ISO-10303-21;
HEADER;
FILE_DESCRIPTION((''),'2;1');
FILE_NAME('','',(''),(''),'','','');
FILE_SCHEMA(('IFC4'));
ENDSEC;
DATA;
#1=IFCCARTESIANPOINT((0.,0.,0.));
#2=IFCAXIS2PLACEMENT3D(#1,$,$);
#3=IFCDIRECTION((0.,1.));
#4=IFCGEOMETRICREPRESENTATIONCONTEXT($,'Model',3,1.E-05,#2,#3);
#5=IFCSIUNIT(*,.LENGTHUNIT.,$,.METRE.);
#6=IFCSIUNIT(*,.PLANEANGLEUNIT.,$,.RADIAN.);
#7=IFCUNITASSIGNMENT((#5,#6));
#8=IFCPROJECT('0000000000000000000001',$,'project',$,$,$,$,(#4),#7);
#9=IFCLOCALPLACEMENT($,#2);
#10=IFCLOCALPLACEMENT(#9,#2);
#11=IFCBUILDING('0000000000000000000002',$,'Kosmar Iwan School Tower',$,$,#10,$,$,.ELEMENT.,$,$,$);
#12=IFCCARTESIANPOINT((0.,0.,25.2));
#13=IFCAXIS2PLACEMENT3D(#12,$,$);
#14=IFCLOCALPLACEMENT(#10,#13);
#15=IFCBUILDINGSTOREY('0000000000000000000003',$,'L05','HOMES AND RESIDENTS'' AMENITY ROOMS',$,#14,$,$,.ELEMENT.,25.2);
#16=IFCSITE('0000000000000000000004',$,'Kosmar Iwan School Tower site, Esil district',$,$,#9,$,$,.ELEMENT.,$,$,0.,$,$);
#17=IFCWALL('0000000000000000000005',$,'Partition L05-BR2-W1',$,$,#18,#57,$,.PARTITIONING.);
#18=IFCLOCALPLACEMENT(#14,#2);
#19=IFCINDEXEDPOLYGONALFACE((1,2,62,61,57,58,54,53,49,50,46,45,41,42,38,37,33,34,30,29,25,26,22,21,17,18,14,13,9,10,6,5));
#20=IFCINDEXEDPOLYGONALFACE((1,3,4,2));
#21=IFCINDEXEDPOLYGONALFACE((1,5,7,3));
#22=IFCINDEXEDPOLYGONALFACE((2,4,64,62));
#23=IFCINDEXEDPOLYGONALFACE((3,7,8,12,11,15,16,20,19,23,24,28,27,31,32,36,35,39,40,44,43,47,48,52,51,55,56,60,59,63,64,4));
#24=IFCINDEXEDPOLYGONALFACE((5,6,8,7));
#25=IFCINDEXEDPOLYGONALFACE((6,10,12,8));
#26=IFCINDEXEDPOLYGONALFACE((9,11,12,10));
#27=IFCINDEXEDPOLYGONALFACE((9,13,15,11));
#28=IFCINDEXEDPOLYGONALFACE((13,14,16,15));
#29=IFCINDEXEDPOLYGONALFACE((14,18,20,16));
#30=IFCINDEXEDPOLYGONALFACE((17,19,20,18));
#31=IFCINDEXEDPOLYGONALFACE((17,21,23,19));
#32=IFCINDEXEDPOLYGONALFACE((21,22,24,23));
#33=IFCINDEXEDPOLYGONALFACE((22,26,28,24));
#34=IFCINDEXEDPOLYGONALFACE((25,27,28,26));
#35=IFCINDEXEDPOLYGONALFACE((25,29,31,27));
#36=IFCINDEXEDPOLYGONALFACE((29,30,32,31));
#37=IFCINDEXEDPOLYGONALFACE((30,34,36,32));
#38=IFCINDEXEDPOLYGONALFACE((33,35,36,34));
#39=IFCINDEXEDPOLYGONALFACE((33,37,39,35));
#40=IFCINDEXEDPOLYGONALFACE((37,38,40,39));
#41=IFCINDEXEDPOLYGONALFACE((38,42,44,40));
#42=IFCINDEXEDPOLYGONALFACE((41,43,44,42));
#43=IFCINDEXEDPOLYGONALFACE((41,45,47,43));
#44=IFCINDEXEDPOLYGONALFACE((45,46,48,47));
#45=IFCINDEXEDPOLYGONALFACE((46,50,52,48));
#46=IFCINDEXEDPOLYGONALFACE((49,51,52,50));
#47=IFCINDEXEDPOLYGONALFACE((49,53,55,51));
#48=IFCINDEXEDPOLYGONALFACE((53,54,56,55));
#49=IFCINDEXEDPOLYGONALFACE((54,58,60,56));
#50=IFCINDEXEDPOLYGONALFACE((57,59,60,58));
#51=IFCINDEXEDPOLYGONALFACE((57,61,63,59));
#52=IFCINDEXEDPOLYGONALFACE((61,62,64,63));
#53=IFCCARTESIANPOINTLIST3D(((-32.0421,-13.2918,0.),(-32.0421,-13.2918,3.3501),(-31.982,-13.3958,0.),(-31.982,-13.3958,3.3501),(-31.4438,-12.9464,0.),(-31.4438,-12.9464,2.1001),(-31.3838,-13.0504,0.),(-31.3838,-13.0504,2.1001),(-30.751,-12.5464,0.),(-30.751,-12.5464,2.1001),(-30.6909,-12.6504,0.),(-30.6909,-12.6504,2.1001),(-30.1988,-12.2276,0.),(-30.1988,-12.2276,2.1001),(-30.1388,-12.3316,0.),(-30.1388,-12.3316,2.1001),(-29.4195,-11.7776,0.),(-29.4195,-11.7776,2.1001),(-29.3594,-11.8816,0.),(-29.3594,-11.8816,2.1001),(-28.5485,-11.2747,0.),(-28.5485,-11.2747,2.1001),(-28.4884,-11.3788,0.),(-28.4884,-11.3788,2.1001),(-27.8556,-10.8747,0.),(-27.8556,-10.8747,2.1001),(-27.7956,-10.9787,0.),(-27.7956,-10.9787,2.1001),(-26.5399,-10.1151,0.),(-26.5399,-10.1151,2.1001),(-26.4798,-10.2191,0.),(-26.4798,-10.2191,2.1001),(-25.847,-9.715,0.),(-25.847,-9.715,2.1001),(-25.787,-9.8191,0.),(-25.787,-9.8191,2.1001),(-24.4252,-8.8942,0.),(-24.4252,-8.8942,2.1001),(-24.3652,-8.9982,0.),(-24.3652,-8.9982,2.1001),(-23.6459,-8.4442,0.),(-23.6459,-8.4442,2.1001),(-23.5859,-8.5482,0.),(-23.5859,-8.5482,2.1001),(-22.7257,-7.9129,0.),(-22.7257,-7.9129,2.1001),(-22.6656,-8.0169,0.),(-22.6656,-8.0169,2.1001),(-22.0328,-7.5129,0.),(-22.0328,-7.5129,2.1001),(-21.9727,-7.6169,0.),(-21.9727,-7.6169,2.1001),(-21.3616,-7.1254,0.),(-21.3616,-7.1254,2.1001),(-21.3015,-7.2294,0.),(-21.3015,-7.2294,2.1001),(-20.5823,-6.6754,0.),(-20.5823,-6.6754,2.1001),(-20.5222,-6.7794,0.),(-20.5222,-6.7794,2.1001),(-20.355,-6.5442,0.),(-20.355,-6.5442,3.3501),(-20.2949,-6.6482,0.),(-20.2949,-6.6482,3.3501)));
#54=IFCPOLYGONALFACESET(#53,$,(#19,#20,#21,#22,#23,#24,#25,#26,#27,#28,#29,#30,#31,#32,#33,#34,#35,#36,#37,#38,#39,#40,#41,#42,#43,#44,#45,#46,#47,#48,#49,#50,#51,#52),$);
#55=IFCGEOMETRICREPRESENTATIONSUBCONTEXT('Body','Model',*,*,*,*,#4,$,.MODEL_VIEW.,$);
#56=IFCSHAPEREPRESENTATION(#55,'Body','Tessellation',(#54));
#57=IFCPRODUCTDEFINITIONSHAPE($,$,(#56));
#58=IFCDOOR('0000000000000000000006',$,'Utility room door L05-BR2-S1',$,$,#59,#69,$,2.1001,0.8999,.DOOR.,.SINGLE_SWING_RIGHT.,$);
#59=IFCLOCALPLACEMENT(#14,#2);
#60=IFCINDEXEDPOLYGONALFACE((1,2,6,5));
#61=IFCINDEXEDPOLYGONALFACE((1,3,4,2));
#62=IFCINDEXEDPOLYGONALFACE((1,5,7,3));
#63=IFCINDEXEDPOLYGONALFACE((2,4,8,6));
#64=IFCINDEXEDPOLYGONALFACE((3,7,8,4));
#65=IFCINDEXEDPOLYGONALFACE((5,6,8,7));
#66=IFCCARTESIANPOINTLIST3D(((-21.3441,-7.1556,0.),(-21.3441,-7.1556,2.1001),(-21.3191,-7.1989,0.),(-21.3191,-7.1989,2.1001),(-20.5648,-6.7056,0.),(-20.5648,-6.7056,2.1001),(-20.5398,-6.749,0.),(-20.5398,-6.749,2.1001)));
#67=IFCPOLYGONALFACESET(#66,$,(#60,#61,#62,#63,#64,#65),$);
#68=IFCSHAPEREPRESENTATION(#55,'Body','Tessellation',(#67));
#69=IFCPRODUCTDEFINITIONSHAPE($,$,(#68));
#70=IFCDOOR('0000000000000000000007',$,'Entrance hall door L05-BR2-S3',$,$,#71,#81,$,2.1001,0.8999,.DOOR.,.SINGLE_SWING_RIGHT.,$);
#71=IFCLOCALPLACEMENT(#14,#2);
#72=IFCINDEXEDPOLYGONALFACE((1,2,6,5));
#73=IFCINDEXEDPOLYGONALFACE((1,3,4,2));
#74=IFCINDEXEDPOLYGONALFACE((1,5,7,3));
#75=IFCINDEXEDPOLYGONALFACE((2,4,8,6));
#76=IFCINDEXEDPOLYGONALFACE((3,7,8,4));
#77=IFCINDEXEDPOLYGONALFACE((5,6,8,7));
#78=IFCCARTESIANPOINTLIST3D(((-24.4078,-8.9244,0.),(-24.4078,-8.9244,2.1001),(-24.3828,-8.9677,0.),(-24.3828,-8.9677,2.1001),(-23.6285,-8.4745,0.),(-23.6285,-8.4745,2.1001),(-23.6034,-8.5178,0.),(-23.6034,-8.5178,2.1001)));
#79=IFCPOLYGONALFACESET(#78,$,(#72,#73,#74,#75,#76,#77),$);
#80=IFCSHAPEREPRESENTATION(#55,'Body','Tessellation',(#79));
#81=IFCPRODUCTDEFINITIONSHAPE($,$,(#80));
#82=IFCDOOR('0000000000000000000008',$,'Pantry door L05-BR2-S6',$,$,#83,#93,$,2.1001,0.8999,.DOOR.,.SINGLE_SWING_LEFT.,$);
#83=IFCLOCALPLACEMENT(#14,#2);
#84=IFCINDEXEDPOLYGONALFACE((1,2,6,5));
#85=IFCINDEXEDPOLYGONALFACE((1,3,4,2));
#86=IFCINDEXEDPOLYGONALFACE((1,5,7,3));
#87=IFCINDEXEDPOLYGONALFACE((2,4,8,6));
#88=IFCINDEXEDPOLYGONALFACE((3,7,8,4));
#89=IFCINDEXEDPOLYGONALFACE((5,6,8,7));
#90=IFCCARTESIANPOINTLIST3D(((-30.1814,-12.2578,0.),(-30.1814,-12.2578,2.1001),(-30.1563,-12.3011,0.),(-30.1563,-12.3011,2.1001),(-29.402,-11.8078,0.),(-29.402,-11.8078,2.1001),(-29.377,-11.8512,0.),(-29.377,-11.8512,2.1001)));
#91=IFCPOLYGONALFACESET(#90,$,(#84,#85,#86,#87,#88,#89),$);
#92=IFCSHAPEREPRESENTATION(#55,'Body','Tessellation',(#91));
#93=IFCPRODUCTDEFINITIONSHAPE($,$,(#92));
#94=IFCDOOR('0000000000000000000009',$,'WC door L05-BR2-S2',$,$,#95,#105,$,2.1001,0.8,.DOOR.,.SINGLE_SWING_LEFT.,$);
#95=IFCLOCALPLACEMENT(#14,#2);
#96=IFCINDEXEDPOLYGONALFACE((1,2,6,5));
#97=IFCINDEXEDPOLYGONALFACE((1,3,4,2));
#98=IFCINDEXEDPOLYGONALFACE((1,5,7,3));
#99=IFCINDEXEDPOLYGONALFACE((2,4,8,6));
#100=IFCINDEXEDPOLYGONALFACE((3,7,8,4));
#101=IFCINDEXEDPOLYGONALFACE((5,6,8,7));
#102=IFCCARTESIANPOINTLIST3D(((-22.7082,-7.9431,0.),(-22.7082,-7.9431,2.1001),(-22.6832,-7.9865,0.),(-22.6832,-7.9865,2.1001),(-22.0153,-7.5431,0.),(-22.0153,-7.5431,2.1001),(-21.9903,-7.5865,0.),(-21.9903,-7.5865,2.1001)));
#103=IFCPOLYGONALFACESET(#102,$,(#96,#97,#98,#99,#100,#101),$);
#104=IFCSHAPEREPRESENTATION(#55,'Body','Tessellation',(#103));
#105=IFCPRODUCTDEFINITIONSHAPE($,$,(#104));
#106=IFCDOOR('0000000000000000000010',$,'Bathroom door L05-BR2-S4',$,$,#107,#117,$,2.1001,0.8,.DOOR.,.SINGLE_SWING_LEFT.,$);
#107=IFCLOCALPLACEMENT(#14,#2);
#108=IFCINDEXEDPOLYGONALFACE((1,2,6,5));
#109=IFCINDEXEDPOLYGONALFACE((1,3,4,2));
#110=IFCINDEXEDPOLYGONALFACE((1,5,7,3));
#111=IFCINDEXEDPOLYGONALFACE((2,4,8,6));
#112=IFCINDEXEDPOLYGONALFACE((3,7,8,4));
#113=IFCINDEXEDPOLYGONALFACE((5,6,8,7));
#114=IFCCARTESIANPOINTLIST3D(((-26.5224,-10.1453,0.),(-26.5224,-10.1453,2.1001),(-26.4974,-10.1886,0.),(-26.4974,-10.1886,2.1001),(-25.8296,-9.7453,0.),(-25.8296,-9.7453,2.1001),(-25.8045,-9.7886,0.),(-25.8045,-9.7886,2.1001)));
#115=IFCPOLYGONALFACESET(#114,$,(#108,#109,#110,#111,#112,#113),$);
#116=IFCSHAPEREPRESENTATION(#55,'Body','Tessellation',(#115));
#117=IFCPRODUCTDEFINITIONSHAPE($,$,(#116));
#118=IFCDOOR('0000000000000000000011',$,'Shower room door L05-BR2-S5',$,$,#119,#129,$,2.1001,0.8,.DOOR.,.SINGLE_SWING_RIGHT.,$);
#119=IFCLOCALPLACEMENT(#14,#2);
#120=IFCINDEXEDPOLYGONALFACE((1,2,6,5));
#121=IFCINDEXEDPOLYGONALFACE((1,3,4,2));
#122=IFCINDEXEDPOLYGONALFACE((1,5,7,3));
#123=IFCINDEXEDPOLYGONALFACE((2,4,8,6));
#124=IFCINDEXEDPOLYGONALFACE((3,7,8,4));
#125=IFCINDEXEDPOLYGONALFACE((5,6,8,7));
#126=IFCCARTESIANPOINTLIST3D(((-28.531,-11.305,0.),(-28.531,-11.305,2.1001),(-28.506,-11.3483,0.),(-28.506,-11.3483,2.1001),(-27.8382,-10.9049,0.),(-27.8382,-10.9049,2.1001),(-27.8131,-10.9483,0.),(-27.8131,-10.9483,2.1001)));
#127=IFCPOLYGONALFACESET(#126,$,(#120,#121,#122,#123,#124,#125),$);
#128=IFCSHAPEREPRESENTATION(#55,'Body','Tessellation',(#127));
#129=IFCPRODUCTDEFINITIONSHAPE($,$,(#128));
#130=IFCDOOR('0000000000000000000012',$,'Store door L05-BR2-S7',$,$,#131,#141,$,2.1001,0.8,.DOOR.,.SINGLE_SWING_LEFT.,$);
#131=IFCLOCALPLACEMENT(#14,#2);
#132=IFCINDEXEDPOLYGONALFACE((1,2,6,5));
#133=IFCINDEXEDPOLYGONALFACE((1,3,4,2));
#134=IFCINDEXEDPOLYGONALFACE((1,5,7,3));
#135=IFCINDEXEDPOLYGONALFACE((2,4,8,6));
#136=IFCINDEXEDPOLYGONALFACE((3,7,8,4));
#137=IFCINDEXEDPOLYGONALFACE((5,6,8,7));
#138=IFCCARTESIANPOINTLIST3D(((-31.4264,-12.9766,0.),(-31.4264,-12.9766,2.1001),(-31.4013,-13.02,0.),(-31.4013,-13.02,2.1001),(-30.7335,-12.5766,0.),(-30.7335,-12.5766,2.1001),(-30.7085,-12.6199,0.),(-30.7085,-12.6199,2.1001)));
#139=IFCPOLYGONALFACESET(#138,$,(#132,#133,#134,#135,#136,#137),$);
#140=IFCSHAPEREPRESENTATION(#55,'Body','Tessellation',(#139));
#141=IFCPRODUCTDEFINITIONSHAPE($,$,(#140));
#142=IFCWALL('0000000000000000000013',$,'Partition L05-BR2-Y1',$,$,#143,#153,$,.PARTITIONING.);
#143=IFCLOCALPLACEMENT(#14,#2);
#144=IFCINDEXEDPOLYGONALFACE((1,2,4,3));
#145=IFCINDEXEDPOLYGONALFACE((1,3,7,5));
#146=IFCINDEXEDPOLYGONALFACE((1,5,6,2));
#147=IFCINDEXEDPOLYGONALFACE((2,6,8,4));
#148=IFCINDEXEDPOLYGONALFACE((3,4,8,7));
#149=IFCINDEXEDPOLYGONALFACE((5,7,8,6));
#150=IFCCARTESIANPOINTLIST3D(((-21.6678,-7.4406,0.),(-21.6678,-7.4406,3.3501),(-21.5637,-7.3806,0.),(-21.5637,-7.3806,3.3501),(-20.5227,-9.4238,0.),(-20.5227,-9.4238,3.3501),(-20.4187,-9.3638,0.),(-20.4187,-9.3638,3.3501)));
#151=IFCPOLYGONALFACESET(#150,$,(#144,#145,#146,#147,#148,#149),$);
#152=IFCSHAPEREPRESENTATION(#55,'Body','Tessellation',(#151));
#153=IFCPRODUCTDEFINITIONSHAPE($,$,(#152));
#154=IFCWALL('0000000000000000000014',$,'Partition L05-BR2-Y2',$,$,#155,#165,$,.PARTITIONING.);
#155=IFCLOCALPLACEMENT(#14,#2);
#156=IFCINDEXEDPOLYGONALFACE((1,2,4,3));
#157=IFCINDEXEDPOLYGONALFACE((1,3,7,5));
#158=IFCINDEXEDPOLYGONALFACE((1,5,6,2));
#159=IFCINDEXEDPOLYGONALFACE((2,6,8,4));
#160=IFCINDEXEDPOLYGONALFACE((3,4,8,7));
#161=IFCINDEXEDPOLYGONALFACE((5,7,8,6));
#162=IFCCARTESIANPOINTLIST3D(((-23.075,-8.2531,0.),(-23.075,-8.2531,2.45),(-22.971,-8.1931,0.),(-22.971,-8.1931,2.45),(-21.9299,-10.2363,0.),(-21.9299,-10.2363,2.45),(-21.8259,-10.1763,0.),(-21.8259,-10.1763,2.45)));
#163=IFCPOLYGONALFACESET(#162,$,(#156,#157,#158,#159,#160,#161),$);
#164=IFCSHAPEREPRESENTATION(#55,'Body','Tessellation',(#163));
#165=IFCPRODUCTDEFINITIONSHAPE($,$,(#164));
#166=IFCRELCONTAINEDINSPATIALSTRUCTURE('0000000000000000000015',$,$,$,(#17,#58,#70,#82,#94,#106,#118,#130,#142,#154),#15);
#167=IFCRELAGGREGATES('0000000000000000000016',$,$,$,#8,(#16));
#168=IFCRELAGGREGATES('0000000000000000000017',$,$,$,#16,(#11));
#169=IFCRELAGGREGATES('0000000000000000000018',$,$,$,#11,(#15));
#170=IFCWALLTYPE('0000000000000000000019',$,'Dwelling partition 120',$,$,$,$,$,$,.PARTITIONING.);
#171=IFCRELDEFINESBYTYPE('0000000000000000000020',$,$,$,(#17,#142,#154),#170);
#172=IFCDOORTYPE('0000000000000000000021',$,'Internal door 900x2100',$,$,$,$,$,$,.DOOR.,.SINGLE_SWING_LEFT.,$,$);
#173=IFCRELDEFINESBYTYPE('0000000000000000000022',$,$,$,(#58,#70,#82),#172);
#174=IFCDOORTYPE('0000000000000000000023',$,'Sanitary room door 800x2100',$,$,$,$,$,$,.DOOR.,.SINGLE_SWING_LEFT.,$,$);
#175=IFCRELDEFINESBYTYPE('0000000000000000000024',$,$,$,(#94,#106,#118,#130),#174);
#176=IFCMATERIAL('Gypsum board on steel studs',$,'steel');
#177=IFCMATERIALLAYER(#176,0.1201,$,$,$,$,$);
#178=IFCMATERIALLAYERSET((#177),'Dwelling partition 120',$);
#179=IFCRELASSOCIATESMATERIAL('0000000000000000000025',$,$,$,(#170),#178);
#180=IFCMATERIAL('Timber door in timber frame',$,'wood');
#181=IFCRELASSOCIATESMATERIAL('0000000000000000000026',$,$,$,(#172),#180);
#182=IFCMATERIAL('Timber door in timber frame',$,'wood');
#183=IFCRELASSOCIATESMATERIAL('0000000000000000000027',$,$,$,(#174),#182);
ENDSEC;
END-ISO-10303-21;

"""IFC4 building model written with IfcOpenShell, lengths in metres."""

from ifc_helpers import new_model, si_unit, direction, frame, frame_2d, origin, place, context, subcontext, project, spatial, rectangle, extrude, material, layer, layer_set, type_object, element, fill, save


model = new_model("IFC4")

# Units and contexts
model_context = context("Model", 3, precision=1e-05, world=origin(), true_north=direction((0.0, 1.0)))
body_context = subcontext(model_context, "Body", "Model", "MODEL_VIEW")
ifc_project = project(units=[si_unit("LENGTHUNIT", "METRE"), si_unit("PLANEANGLEUNIT", "RADIAN")], contexts=[model_context])

# Site, building, storey
site_placement = place(None, origin())
site = spatial("IfcSite", under=ifc_project, at=site_placement, Name="Kosmar Iwan School Tower site, Esil district", CompositionType="ELEMENT", RefElevation=0.0)
building_placement = place(site_placement, origin())
building = spatial("IfcBuilding", under=site, at=building_placement, Name="Kosmar Iwan School Tower", CompositionType="ELEMENT")
storey_placement = place(building_placement, frame((0.0, 0.0, 25.2)))
storey = spatial("IfcBuildingStorey", under=building, at=storey_placement, Name="L05", Description="HOMES AND RESIDENTS' AMENITY ROOMS", CompositionType="ELEMENT", Elevation=25.2)

# Shared definitions
ifc_material_1 = material(Name="Gypsum board on steel studs", Category="steel")
ifc_layer_1 = layer(ifc_material_1, 0.1201)
ifc_layer_set_1 = layer_set([ifc_layer_1], Name="Dwelling partition 120")
wall_type_1 = type_object("IfcWallType", Name="Dwelling partition 120", PredefinedType="PARTITIONING", material=ifc_layer_set_1)

# Wall, openings, doors
wall_1_placement = place(storey_placement, frame((-20.325, -6.5962, 0.0), z_axis=(0.0, 0.0, 1.0), x_axis=(-0.866024, -0.500003, 0.0)))
wall_1 = element("IfcWall", 1, at=wall_1_placement, inside=storey, type_object=wall_type_1, Name="Partition L05-BR2-W1", PredefinedType="PARTITIONING", context=body_context, shape_type="SweptSolid", body=[
    extrude(rectangle(XDim=13.4951, YDim=0.1201, at=frame_2d((6.7476, 0.0))), origin(), (0.0, 0.0, 1.0), 3.3501),
])
opening_1_placement = place(wall_1_placement, frame((0.2625, 0.0, 0.0)))
opening_1 = element("IfcOpeningElement", 2, at=opening_1_placement, cuts=wall_1, PredefinedType="OPENING", context=body_context, shape_type="SweptSolid", body=[
    extrude(rectangle(XDim=0.8999, YDim=2.1001, at=frame_2d((0.45, 1.05))), frame((0.0, 0.072, 0.0), z_axis=(0.0, -1.0, 0.0), x_axis=(1.0, 0.0, 0.0)), (0.0, 0.0, 1.0), 0.144),
])
opening_2_placement = place(wall_1_placement, frame((1.9375, 0.0, 0.0)))
opening_2 = element("IfcOpeningElement", 3, at=opening_2_placement, cuts=wall_1, PredefinedType="OPENING", context=body_context, shape_type="SweptSolid", body=[
    extrude(rectangle(XDim=0.8, YDim=2.1001, at=frame_2d((0.3999, 1.05))), frame((0.0, 0.072, 0.0), z_axis=(0.0, -1.0, 0.0), x_axis=(1.0, 0.0, 0.0)), (0.0, 0.0, 1.0), 0.144),
])
opening_3_placement = place(wall_1_placement, frame((3.8, 0.0, 0.0)))
opening_3 = element("IfcOpeningElement", 4, at=opening_3_placement, cuts=wall_1, PredefinedType="OPENING", context=body_context, shape_type="SweptSolid", body=[
    extrude(rectangle(XDim=0.8999, YDim=2.1001, at=frame_2d((0.45, 1.05))), frame((0.0, 0.072, 0.0), z_axis=(0.0, -1.0, 0.0), x_axis=(1.0, 0.0, 0.0)), (0.0, 0.0, 1.0), 0.144),
])
opening_4_placement = place(wall_1_placement, frame((6.3418, 0.0, 0.0)))
opening_4 = element("IfcOpeningElement", 5, at=opening_4_placement, cuts=wall_1, PredefinedType="OPENING", context=body_context, shape_type="SweptSolid", body=[
    extrude(rectangle(XDim=0.8, YDim=2.1001, at=frame_2d((0.3999, 1.05))), frame((0.0, 0.072, 0.0), z_axis=(0.0, -1.0, 0.0), x_axis=(1.0, 0.0, 0.0)), (0.0, 0.0, 1.0), 0.144),
])
opening_5_placement = place(wall_1_placement, frame((8.6611, 0.0, 0.0)))
opening_5 = element("IfcOpeningElement", 6, at=opening_5_placement, cuts=wall_1, PredefinedType="OPENING", context=body_context, shape_type="SweptSolid", body=[
    extrude(rectangle(XDim=0.8, YDim=2.1001, at=frame_2d((0.3999, 1.05))), frame((0.0, 0.072, 0.0), z_axis=(0.0, -1.0, 0.0), x_axis=(1.0, 0.0, 0.0)), (0.0, 0.0, 1.0), 0.144),
])
opening_6_placement = place(wall_1_placement, frame((10.4668, 0.0, 0.0)))
opening_6 = element("IfcOpeningElement", 7, at=opening_6_placement, cuts=wall_1, PredefinedType="OPENING", context=body_context, shape_type="SweptSolid", body=[
    extrude(rectangle(XDim=0.8999, YDim=2.1001, at=frame_2d((0.45, 1.05))), frame((0.0, 0.072, 0.0), z_axis=(0.0, -1.0, 0.0), x_axis=(1.0, 0.0, 0.0)), (0.0, 0.0, 1.0), 0.144),
])
opening_7_placement = place(wall_1_placement, frame((12.0044, 0.0, 0.0)))
opening_7 = element("IfcOpeningElement", 8, at=opening_7_placement, cuts=wall_1, PredefinedType="OPENING", context=body_context, shape_type="SweptSolid", body=[
    extrude(rectangle(XDim=0.8, YDim=2.1001, at=frame_2d((0.3999, 1.05))), frame((0.0, 0.072, 0.0), z_axis=(0.0, -1.0, 0.0), x_axis=(1.0, 0.0, 0.0)), (0.0, 0.0, 1.0), 0.144),
])
ifc_material_2 = material(Name="Timber door in timber frame", Category="wood")
door_type_1 = type_object("IfcDoorType", Name="Internal door 900x2100", OperationType="SINGLE_SWING_LEFT", PredefinedType="DOOR", material=ifc_material_2)
door_1_placement = place(opening_1_placement, origin())
door_1 = element("IfcDoor", 9, at=door_1_placement, inside=storey, type_object=door_type_1, Name="Utility room door L05-BR2-S1", OperationType="SINGLE_SWING_RIGHT", OverallHeight=2.1001, OverallWidth=0.8999, PredefinedType="DOOR", context=body_context, shape_type="SweptSolid", body=[
    extrude(rectangle(XDim=0.8999, YDim=2.1001, at=frame_2d((0.45, 1.05))), frame((0.0, 0.0249, 0.0), z_axis=(0.0, -1.0, 0.0), x_axis=(1.0, 0.0, 0.0)), (0.0, 0.0, 1.0), 0.05),
])
fill(opening_1, door_1)
door_2_placement = place(opening_3_placement, origin())
door_2 = element("IfcDoor", 10, at=door_2_placement, inside=storey, type_object=door_type_1, Name="Entrance hall door L05-BR2-S3", OperationType="SINGLE_SWING_RIGHT", OverallHeight=2.1001, OverallWidth=0.8999, PredefinedType="DOOR", context=body_context, shape_type="SweptSolid", body=[
    extrude(rectangle(XDim=0.8999, YDim=2.1001, at=frame_2d((0.45, 1.05))), frame((0.0, 0.0249, 0.0), z_axis=(0.0, -1.0, 0.0), x_axis=(1.0, 0.0, 0.0)), (0.0, 0.0, 1.0), 0.05),
])
fill(opening_3, door_2)
door_3_placement = place(opening_6_placement, origin())
door_3 = element("IfcDoor", 11, at=door_3_placement, inside=storey, type_object=door_type_1, Name="Pantry door L05-BR2-S6", OperationType="SINGLE_SWING_LEFT", OverallHeight=2.1001, OverallWidth=0.8999, PredefinedType="DOOR", context=body_context, shape_type="SweptSolid", body=[
    extrude(rectangle(XDim=0.8999, YDim=2.1001, at=frame_2d((0.45, 1.05))), frame((0.0, 0.0249, 0.0), z_axis=(0.0, -1.0, 0.0), x_axis=(1.0, 0.0, 0.0)), (0.0, 0.0, 1.0), 0.05),
])
fill(opening_6, door_3)
ifc_material_3 = material(Name="Timber door in timber frame", Category="wood")
door_type_2 = type_object("IfcDoorType", Name="Sanitary room door 800x2100", OperationType="SINGLE_SWING_LEFT", PredefinedType="DOOR", material=ifc_material_3)
door_4_placement = place(opening_2_placement, origin())
door_4 = element("IfcDoor", 12, at=door_4_placement, inside=storey, type_object=door_type_2, Name="WC door L05-BR2-S2", OperationType="SINGLE_SWING_LEFT", OverallHeight=2.1001, OverallWidth=0.8, PredefinedType="DOOR", context=body_context, shape_type="SweptSolid", body=[
    extrude(rectangle(XDim=0.8, YDim=2.1001, at=frame_2d((0.3999, 1.05))), frame((0.0, 0.0249, 0.0), z_axis=(0.0, -1.0, 0.0), x_axis=(1.0, 0.0, 0.0)), (0.0, 0.0, 1.0), 0.05),
])
fill(opening_2, door_4)
door_5_placement = place(opening_4_placement, origin())
door_5 = element("IfcDoor", 13, at=door_5_placement, inside=storey, type_object=door_type_2, Name="Bathroom door L05-BR2-S4", OperationType="SINGLE_SWING_LEFT", OverallHeight=2.1001, OverallWidth=0.8, PredefinedType="DOOR", context=body_context, shape_type="SweptSolid", body=[
    extrude(rectangle(XDim=0.8, YDim=2.1001, at=frame_2d((0.3999, 1.05))), frame((0.0, 0.0249, 0.0), z_axis=(0.0, -1.0, 0.0), x_axis=(1.0, 0.0, 0.0)), (0.0, 0.0, 1.0), 0.05),
])
fill(opening_4, door_5)
door_6_placement = place(opening_5_placement, origin())
door_6 = element("IfcDoor", 14, at=door_6_placement, inside=storey, type_object=door_type_2, Name="Shower room door L05-BR2-S5", OperationType="SINGLE_SWING_RIGHT", OverallHeight=2.1001, OverallWidth=0.8, PredefinedType="DOOR", context=body_context, shape_type="SweptSolid", body=[
    extrude(rectangle(XDim=0.8, YDim=2.1001, at=frame_2d((0.3999, 1.05))), frame((0.0, 0.0249, 0.0), z_axis=(0.0, -1.0, 0.0), x_axis=(1.0, 0.0, 0.0)), (0.0, 0.0, 1.0), 0.05),
])
fill(opening_5, door_6)
door_7_placement = place(opening_7_placement, origin())
door_7 = element("IfcDoor", 15, at=door_7_placement, inside=storey, type_object=door_type_2, Name="Store door L05-BR2-S7", OperationType="SINGLE_SWING_LEFT", OverallHeight=2.1001, OverallWidth=0.8, PredefinedType="DOOR", context=body_context, shape_type="SweptSolid", body=[
    extrude(rectangle(XDim=0.8, YDim=2.1001, at=frame_2d((0.3999, 1.05))), frame((0.0, 0.0249, 0.0), z_axis=(0.0, -1.0, 0.0), x_axis=(1.0, 0.0, 0.0)), (0.0, 0.0, 1.0), 0.05),
])
fill(opening_7, door_7)

# Walls
wall_2_placement = place(storey_placement, frame((-20.4707, -9.3938, 0.0), z_axis=(0.0, 0.0, 1.0), x_axis=(-0.500015, 0.866017, 0.0)))
element("IfcWall", 16, at=wall_2_placement, inside=storey, type_object=wall_type_1, Name="Partition L05-BR2-Y1", PredefinedType="PARTITIONING", context=body_context, shape_type="SweptSolid", body=[
    extrude(rectangle(XDim=2.29, YDim=0.1201, at=frame_2d((1.145, 0.0))), origin(), (0.0, 0.0, 1.0), 3.3501),
])
wall_3_placement = place(storey_placement, frame((-21.8779, -10.2063, 0.0), z_axis=(0.0, 0.0, 1.0), x_axis=(-0.500015, 0.866017, 0.0)))
element("IfcWall", 17, at=wall_3_placement, inside=storey, type_object=wall_type_1, Name="Partition L05-BR2-Y2", PredefinedType="PARTITIONING", context=body_context, shape_type="SweptSolid", body=[
    extrude(rectangle(XDim=2.29, YDim=0.1201, at=frame_2d((1.145, 0.0))), origin(), (0.0, 0.0, 1.0), 2.45),
])

save(model, "model.ifc")
